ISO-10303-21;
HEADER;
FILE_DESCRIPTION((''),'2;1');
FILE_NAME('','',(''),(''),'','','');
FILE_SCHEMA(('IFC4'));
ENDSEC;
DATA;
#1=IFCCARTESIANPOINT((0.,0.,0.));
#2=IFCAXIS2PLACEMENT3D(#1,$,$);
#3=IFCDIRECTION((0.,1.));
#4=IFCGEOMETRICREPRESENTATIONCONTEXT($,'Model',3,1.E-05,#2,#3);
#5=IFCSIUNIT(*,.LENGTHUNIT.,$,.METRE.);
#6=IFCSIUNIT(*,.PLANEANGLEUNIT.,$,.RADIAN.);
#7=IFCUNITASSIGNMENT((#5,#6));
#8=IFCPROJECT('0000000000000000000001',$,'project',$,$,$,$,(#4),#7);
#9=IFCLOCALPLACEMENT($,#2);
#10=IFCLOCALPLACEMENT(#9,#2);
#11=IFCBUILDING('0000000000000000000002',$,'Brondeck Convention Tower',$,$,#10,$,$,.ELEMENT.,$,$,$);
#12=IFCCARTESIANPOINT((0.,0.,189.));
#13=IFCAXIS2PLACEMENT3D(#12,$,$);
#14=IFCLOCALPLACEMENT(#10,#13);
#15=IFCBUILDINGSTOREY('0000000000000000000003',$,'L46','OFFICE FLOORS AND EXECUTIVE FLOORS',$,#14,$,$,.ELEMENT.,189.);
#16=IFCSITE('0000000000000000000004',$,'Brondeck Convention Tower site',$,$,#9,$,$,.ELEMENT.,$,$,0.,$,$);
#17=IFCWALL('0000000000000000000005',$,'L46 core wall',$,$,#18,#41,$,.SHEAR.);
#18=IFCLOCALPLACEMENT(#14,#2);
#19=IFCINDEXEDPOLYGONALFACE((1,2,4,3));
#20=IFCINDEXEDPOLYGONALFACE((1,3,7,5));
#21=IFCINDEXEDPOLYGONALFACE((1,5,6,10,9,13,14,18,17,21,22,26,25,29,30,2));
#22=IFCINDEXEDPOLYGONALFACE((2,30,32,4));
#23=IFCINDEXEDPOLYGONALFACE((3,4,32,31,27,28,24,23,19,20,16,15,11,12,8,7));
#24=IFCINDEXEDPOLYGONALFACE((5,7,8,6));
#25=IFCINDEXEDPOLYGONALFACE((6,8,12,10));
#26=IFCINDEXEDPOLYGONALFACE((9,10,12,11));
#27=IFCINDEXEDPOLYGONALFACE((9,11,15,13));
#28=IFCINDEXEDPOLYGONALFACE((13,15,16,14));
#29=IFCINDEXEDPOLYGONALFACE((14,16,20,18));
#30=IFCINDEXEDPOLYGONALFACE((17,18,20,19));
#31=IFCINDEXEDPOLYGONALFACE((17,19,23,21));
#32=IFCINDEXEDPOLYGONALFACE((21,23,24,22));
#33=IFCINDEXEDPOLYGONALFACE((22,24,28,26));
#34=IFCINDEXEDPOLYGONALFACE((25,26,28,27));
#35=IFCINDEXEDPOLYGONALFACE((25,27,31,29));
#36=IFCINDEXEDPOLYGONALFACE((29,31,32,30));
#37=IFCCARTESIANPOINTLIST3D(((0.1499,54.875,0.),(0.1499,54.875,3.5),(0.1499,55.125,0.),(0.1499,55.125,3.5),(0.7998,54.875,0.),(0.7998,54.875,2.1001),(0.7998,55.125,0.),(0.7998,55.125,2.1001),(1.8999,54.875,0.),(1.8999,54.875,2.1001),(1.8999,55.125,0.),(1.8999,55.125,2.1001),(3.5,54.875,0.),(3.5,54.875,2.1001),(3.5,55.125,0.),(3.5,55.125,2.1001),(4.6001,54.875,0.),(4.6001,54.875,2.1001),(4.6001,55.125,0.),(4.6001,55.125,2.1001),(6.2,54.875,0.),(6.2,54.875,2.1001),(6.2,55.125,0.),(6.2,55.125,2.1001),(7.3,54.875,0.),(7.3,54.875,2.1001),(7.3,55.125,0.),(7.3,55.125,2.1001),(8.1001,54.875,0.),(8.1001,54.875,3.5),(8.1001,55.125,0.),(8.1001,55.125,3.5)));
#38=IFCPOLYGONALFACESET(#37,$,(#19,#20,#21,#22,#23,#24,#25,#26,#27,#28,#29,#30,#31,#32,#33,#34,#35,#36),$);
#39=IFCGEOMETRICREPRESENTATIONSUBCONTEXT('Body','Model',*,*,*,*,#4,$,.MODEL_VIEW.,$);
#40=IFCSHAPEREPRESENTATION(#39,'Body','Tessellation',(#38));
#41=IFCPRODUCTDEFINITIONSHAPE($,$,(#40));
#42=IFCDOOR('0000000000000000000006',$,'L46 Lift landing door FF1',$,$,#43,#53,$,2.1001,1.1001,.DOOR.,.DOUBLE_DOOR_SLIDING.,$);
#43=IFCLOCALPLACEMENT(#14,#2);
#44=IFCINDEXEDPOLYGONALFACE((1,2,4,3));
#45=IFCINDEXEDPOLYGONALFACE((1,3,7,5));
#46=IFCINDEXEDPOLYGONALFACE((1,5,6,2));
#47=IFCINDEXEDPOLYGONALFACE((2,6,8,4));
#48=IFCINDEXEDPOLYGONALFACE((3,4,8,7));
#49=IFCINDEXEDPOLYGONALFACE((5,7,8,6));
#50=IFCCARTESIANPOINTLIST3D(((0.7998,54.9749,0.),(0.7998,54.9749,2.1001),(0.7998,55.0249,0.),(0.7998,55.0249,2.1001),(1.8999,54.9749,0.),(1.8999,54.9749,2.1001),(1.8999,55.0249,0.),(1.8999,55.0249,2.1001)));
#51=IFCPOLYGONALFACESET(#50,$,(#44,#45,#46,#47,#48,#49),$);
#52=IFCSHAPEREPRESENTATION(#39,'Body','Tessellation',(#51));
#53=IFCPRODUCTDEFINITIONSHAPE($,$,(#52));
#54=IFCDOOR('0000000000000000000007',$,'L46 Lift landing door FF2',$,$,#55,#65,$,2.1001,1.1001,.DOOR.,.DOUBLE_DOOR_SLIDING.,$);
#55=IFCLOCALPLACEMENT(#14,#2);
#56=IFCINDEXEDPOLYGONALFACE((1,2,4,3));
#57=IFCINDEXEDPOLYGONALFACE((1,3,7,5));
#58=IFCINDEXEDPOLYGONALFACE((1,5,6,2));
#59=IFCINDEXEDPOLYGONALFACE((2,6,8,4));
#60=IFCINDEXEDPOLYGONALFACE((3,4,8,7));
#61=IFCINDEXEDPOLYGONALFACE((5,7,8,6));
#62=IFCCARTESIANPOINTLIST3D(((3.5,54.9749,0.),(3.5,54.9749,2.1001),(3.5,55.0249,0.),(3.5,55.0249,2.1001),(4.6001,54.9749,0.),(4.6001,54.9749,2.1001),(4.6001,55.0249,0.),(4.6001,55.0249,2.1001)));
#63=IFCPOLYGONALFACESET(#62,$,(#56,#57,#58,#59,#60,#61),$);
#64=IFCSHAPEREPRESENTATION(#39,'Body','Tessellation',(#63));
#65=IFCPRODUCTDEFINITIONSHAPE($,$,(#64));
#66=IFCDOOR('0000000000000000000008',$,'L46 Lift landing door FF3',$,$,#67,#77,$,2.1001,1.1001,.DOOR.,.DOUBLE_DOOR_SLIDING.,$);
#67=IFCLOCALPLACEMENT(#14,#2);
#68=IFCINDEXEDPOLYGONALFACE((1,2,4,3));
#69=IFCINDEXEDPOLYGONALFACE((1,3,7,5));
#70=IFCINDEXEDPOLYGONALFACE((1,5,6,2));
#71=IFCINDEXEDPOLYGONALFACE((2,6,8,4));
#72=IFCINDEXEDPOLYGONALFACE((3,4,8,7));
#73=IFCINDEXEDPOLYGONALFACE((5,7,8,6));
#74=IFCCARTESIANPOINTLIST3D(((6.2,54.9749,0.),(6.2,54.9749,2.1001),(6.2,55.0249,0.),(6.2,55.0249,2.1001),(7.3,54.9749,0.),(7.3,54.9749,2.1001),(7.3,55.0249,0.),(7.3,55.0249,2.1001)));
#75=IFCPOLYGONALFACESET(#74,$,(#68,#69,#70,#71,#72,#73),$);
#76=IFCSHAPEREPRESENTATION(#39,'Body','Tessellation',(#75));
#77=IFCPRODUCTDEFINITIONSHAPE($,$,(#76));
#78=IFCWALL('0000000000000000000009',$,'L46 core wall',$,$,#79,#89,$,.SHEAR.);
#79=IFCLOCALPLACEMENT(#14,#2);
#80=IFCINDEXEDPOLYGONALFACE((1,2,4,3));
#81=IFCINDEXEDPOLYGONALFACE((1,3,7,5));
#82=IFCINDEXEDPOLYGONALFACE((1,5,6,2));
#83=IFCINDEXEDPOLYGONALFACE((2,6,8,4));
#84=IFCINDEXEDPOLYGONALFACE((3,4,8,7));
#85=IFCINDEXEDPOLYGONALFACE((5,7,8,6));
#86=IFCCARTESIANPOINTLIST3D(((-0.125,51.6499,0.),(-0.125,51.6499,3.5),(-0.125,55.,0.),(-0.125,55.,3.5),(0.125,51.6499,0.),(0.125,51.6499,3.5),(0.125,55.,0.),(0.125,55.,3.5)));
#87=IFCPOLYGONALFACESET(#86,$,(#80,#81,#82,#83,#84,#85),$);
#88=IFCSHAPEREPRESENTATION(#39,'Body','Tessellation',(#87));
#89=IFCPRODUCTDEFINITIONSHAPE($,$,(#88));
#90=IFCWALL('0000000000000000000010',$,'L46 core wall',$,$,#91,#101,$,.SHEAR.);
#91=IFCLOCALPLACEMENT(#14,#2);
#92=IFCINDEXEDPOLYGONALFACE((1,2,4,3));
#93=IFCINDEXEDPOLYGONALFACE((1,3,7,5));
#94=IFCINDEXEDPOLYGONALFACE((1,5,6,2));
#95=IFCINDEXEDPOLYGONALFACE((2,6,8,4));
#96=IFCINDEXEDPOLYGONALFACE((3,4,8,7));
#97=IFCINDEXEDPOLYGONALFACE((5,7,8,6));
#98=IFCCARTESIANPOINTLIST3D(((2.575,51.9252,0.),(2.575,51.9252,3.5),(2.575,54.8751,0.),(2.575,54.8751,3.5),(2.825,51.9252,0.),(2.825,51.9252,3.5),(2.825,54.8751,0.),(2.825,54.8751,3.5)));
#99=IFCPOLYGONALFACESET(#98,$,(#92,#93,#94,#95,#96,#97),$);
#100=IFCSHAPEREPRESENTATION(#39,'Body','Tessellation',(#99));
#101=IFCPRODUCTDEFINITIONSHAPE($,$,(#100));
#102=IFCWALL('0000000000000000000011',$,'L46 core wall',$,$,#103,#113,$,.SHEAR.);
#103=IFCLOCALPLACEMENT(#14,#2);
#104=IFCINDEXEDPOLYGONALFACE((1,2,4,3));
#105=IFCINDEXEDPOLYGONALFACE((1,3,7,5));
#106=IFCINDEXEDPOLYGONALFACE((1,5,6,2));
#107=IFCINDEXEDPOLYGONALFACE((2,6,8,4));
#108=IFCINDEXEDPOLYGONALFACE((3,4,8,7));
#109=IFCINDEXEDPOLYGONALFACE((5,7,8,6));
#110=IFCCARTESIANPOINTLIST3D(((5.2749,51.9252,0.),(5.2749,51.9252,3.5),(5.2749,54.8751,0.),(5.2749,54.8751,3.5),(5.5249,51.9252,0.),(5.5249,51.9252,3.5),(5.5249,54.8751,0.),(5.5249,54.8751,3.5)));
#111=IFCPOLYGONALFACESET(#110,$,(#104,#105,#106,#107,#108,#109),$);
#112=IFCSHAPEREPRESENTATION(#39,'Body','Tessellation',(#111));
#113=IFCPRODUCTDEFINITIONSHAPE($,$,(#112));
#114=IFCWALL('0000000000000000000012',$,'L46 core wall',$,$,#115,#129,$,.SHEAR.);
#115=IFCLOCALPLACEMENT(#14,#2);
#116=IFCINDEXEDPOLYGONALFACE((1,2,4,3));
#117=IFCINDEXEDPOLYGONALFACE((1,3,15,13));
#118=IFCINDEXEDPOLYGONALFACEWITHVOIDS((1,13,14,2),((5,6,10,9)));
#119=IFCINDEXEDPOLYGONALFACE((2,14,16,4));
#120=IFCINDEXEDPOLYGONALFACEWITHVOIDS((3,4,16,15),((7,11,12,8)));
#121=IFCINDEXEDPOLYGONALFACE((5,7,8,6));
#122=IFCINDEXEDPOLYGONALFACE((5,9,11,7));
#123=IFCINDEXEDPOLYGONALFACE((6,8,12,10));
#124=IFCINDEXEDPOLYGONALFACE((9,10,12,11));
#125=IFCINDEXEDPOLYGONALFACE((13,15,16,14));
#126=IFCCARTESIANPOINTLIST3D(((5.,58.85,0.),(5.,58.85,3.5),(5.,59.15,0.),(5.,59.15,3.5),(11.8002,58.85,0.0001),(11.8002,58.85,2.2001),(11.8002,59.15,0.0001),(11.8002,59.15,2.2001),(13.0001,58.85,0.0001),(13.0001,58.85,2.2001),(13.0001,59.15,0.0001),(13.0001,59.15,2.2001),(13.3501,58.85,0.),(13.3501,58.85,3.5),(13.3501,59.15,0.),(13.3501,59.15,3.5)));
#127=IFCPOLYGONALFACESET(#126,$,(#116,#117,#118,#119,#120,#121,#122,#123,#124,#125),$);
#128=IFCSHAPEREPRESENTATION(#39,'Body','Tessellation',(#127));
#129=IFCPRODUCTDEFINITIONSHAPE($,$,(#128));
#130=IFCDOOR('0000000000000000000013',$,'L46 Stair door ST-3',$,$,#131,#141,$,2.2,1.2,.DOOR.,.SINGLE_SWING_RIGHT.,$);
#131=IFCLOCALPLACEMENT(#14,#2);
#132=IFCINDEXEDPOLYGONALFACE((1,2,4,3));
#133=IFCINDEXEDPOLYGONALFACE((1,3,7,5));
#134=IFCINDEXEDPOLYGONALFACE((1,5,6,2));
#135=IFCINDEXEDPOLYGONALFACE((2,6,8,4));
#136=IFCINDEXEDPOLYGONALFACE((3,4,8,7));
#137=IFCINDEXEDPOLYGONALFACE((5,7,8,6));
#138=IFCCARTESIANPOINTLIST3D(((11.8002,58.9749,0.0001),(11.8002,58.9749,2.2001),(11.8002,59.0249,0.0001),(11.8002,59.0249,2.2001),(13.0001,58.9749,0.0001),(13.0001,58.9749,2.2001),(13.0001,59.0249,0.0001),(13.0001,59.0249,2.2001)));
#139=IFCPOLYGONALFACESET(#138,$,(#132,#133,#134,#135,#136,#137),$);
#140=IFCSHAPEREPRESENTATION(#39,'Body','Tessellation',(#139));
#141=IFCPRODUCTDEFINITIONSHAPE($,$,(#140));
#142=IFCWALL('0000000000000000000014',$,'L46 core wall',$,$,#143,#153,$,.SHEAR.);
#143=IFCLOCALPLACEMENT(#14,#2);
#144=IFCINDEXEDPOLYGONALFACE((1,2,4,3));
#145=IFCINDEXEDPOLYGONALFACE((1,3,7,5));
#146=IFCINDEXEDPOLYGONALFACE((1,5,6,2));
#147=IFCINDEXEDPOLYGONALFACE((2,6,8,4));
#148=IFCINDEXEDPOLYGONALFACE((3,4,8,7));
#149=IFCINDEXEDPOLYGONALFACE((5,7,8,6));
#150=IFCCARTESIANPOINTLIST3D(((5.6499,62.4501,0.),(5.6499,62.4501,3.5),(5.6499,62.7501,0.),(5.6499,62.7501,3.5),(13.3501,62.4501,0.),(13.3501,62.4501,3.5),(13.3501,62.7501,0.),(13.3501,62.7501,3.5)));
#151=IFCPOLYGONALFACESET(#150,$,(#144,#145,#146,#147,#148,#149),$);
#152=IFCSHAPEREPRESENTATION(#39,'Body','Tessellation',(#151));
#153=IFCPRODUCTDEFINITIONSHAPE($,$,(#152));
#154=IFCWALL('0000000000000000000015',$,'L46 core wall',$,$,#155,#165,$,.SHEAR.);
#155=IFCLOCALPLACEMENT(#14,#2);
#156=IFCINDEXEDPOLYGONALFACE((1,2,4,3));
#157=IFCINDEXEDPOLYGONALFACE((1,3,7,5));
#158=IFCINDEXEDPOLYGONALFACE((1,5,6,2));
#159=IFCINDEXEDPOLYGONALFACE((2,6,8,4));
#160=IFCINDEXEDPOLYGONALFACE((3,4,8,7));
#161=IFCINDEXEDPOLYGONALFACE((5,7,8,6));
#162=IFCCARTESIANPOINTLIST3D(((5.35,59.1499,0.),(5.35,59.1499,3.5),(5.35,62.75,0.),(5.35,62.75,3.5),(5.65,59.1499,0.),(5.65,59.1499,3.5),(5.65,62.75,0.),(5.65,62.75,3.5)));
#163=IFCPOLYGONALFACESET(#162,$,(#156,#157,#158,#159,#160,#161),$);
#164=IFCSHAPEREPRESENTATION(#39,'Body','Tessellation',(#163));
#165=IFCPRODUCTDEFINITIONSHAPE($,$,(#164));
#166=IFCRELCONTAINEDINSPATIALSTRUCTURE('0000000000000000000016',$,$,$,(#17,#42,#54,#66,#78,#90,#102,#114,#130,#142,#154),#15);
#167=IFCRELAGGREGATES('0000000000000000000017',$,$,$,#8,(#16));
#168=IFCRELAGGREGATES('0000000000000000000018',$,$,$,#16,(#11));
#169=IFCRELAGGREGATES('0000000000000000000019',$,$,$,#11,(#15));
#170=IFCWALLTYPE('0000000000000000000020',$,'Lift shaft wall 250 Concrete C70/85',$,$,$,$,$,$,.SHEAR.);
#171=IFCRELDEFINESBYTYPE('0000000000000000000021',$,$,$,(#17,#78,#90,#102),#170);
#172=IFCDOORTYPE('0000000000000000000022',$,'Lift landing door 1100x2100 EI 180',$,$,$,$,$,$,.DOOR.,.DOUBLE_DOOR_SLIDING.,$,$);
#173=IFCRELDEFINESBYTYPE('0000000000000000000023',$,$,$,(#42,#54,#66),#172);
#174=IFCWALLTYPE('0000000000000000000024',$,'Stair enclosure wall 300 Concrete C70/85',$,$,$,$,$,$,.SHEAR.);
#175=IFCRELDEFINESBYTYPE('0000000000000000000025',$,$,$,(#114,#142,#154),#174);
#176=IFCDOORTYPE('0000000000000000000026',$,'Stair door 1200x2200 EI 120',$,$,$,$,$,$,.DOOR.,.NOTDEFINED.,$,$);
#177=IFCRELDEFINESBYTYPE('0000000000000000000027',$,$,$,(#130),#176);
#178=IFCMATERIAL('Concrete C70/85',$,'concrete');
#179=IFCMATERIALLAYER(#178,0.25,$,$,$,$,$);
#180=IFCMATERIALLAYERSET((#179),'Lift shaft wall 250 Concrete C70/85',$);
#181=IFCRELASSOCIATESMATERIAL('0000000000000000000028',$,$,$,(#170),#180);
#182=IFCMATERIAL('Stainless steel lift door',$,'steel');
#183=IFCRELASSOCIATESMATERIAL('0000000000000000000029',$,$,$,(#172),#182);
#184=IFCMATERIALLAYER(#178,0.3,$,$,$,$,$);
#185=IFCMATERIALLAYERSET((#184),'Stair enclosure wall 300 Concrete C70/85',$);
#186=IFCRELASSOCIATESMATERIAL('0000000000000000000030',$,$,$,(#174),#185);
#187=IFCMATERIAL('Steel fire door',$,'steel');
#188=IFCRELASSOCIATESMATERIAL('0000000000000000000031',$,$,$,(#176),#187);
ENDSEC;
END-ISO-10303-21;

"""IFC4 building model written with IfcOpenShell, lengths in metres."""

from ifc_helpers import new_model, si_unit, direction, frame, frame_2d, origin, place, context, subcontext, project, spatial, rectangle, extrude, material, layer, layer_set, type_object, element, fill, save


model = new_model("IFC4")

# Units and contexts
model_context = context("Model", 3, precision=1e-05, world=origin(), true_north=direction((0.0, 1.0)))
body_context = subcontext(model_context, "Body", "Model", "MODEL_VIEW")
ifc_project = project(units=[si_unit("LENGTHUNIT", "METRE"), si_unit("PLANEANGLEUNIT", "RADIAN")], contexts=[model_context])

# Site, building, storey
site_placement = place(None, origin())
site = spatial("IfcSite", under=ifc_project, at=site_placement, Name="Brondeck Convention Tower site", CompositionType="ELEMENT", RefElevation=0.0)
building_placement = place(site_placement, origin())
building = spatial("IfcBuilding", under=site, at=building_placement, Name="Brondeck Convention Tower", CompositionType="ELEMENT")
storey_placement = place(building_placement, frame((0.0, 0.0, 189.0)))
storey = spatial("IfcBuildingStorey", under=building, at=storey_placement, Name="L46", Description="OFFICE FLOORS AND EXECUTIVE FLOORS", CompositionType="ELEMENT", Elevation=189.0)

# Shared definitions
ifc_material_1 = material(Name="Concrete C70/85", Category="concrete")

# Shared definitions
ifc_layer_1 = layer(ifc_material_1, 0.25)
ifc_layer_set_1 = layer_set([ifc_layer_1], Name="Lift shaft wall 250 Concrete C70/85")
wall_type_1 = type_object("IfcWallType", Name="Lift shaft wall 250 Concrete C70/85", PredefinedType="SHEAR", material=ifc_layer_set_1)

# Wall, openings, doors
wall_1_placement = place(storey_placement, frame((0.1499, 55.0, 0.0), z_axis=(0.0, 0.0, 1.0), x_axis=(1.0, 0.0, 0.0)))
wall_1 = element("IfcWall", 1, at=wall_1_placement, inside=storey, type_object=wall_type_1, Name="L46 core wall", PredefinedType="SHEAR", context=body_context, shape_type="SweptSolid", body=[
    extrude(rectangle(XDim=7.9502, YDim=0.25, at=frame_2d((3.9751, 0.0))), origin(), (0.0, 0.0, 1.0), 3.5),
])
opening_1_placement = place(wall_1_placement, frame((0.6499, 0.0, 0.0)))
opening_1 = element("IfcOpeningElement", 2, at=opening_1_placement, cuts=wall_1, PredefinedType="OPENING", context=body_context, shape_type="SweptSolid", body=[
    extrude(rectangle(XDim=1.1001, YDim=2.1001, at=frame_2d((0.55, 1.05))), frame((0.0, 0.135, 0.0), z_axis=(0.0, -1.0, 0.0), x_axis=(1.0, 0.0, 0.0)), (0.0, 0.0, 1.0), 0.27),
])
opening_2_placement = place(wall_1_placement, frame((3.3501, 0.0, 0.0)))
opening_2 = element("IfcOpeningElement", 3, at=opening_2_placement, cuts=wall_1, PredefinedType="OPENING", context=body_context, shape_type="SweptSolid", body=[
    extrude(rectangle(XDim=1.1001, YDim=2.1001, at=frame_2d((0.55, 1.05))), frame((0.0, 0.135, 0.0), z_axis=(0.0, -1.0, 0.0), x_axis=(1.0, 0.0, 0.0)), (0.0, 0.0, 1.0), 0.27),
])
opening_3_placement = place(wall_1_placement, frame((6.05, 0.0, 0.0)))
opening_3 = element("IfcOpeningElement", 4, at=opening_3_placement, cuts=wall_1, PredefinedType="OPENING", context=body_context, shape_type="SweptSolid", body=[
    extrude(rectangle(XDim=1.1001, YDim=2.1001, at=frame_2d((0.55, 1.05))), frame((0.0, 0.135, 0.0), z_axis=(0.0, -1.0, 0.0), x_axis=(1.0, 0.0, 0.0)), (0.0, 0.0, 1.0), 0.27),
])
ifc_material_2 = material(Name="Stainless steel lift door", Category="steel")
door_type_1 = type_object("IfcDoorType", Name="Lift landing door 1100x2100 EI 180", OperationType="DOUBLE_DOOR_SLIDING", PredefinedType="DOOR", material=ifc_material_2)
door_1_placement = place(opening_1_placement, origin())
door_1 = element("IfcDoor", 5, at=door_1_placement, inside=storey, type_object=door_type_1, Name="L46 Lift landing door FF1", OperationType="DOUBLE_DOOR_SLIDING", OverallHeight=2.1001, OverallWidth=1.1001, PredefinedType="DOOR", context=body_context, shape_type="SweptSolid", body=[
    extrude(rectangle(XDim=1.1001, YDim=2.1001, at=frame_2d((0.55, 1.05))), frame((0.0, 0.0249, 0.0), z_axis=(0.0, -1.0, 0.0), x_axis=(1.0, 0.0, 0.0)), (0.0, 0.0, 1.0), 0.05),
])
fill(opening_1, door_1)
door_2_placement = place(opening_2_placement, origin())
door_2 = element("IfcDoor", 6, at=door_2_placement, inside=storey, type_object=door_type_1, Name="L46 Lift landing door FF2", OperationType="DOUBLE_DOOR_SLIDING", OverallHeight=2.1001, OverallWidth=1.1001, PredefinedType="DOOR", context=body_context, shape_type="SweptSolid", body=[
    extrude(rectangle(XDim=1.1001, YDim=2.1001, at=frame_2d((0.55, 1.05))), frame((0.0, 0.0249, 0.0), z_axis=(0.0, -1.0, 0.0), x_axis=(1.0, 0.0, 0.0)), (0.0, 0.0, 1.0), 0.05),
])
fill(opening_2, door_2)
door_3_placement = place(opening_3_placement, origin())
door_3 = element("IfcDoor", 7, at=door_3_placement, inside=storey, type_object=door_type_1, Name="L46 Lift landing door FF3", OperationType="DOUBLE_DOOR_SLIDING", OverallHeight=2.1001, OverallWidth=1.1001, PredefinedType="DOOR", context=body_context, shape_type="SweptSolid", body=[
    extrude(rectangle(XDim=1.1001, YDim=2.1001, at=frame_2d((0.55, 1.05))), frame((0.0, 0.0249, 0.0), z_axis=(0.0, -1.0, 0.0), x_axis=(1.0, 0.0, 0.0)), (0.0, 0.0, 1.0), 0.05),
])
fill(opening_3, door_3)

# Walls
wall_2_placement = place(storey_placement, frame((0.0, 51.6499, 0.0), z_axis=(0.0, 0.0, 1.0), x_axis=(0.0, 1.0, 0.0)))
element("IfcWall", 8, at=wall_2_placement, inside=storey, type_object=wall_type_1, Name="L46 core wall", PredefinedType="SHEAR", context=body_context, shape_type="SweptSolid", body=[
    extrude(rectangle(XDim=3.3501, YDim=0.25, at=frame_2d((1.675, 0.0))), origin(), (0.0, 0.0, 1.0), 3.5),
])
for number, where, z_axis, x_axis, name in (
    (9, (2.7, 51.925, 0.0), (0.0, 0.0, 1.0), (0.0, 1.0, 0.0), "L46 core wall"),
    (10, (5.3999, 51.925, 0.0), (0.0, 0.0, 1.0), (0.0, 1.0, 0.0), "L46 core wall"),
):
    element("IfcWall", number, at=place(storey_placement, frame(where, z_axis=z_axis, x_axis=x_axis)), inside=storey, type_object=wall_type_1, Name=name, PredefinedType="SHEAR", context=body_context, shape_type="SweptSolid", body=[
        extrude(rectangle(XDim=2.95, YDim=0.25, at=frame_2d((1.4751, 0.0))), origin(), (0.0, 0.0, 1.0), 3.5),
    ])

# Wall, opening, door
ifc_layer_2 = layer(ifc_material_1, 0.3)
ifc_layer_set_2 = layer_set([ifc_layer_2], Name="Stair enclosure wall 300 Concrete C70/85")
wall_type_2 = type_object("IfcWallType", Name="Stair enclosure wall 300 Concrete C70/85", PredefinedType="SHEAR", material=ifc_layer_set_2)
wall_3_placement = place(storey_placement, frame((5.0, 59.0, 0.0), z_axis=(0.0, 0.0, 1.0), x_axis=(1.0, 0.0, 0.0)))
wall_3 = element("IfcWall", 11, at=wall_3_placement, inside=storey, type_object=wall_type_2, Name="L46 core wall", PredefinedType="SHEAR", context=body_context, shape_type="SweptSolid", body=[
    extrude(rectangle(XDim=8.3501, YDim=0.3, at=frame_2d((4.175, 0.0))), origin(), (0.0, 0.0, 1.0), 3.5),
])
opening_4_placement = place(wall_3_placement, frame((6.8, 0.0, 0.0)))
opening_4 = element("IfcOpeningElement", 12, at=opening_4_placement, cuts=wall_3, PredefinedType="OPENING", context=body_context, shape_type="SweptSolid", body=[
    extrude(rectangle(XDim=1.2, YDim=2.2, at=frame_2d((0.6001, 1.1001))), frame((0.0, 0.1599, 0.0), z_axis=(0.0, -1.0, 0.0), x_axis=(1.0, 0.0, 0.0)), (0.0, 0.0, 1.0), 0.3201),
])
ifc_material_3 = material(Name="Steel fire door", Category="steel")
door_type_2 = type_object("IfcDoorType", Name="Stair door 1200x2200 EI 120", OperationType="NOTDEFINED", PredefinedType="DOOR", material=ifc_material_3)
door_4_placement = place(opening_4_placement, origin())
door_4 = element("IfcDoor", 13, at=door_4_placement, inside=storey, type_object=door_type_2, Name="L46 Stair door ST-3", OperationType="SINGLE_SWING_RIGHT", OverallHeight=2.2, OverallWidth=1.2, PredefinedType="DOOR", context=body_context, shape_type="SweptSolid", body=[
    extrude(rectangle(XDim=1.2, YDim=2.2, at=frame_2d((0.6001, 1.1001))), frame((0.0, 0.0249, 0.0), z_axis=(0.0, -1.0, 0.0), x_axis=(1.0, 0.0, 0.0)), (0.0, 0.0, 1.0), 0.05),
])
fill(opening_4, door_4)

# Walls
wall_4_placement = place(storey_placement, frame((5.6499, 62.6001, 0.0), z_axis=(0.0, 0.0, 1.0), x_axis=(1.0, 0.0, 0.0)))
element("IfcWall", 14, at=wall_4_placement, inside=storey, type_object=wall_type_2, Name="L46 core wall", PredefinedType="SHEAR", context=body_context, shape_type="SweptSolid", body=[
    extrude(rectangle(XDim=7.7002, YDim=0.3, at=frame_2d((3.8501, 0.0))), origin(), (0.0, 0.0, 1.0), 3.5),
])
wall_5_placement = place(storey_placement, frame((5.5, 59.1499, 0.0), z_axis=(0.0, 0.0, 1.0), x_axis=(0.0, 1.0, 0.0)))
element("IfcWall", 15, at=wall_5_placement, inside=storey, type_object=wall_type_2, Name="L46 core wall", PredefinedType="SHEAR", context=body_context, shape_type="SweptSolid", body=[
    extrude(rectangle(XDim=3.6001, YDim=0.3, at=frame_2d((1.8, 0.0))), origin(), (0.0, 0.0, 1.0), 3.5),
])

save(model, "model.ifc")
